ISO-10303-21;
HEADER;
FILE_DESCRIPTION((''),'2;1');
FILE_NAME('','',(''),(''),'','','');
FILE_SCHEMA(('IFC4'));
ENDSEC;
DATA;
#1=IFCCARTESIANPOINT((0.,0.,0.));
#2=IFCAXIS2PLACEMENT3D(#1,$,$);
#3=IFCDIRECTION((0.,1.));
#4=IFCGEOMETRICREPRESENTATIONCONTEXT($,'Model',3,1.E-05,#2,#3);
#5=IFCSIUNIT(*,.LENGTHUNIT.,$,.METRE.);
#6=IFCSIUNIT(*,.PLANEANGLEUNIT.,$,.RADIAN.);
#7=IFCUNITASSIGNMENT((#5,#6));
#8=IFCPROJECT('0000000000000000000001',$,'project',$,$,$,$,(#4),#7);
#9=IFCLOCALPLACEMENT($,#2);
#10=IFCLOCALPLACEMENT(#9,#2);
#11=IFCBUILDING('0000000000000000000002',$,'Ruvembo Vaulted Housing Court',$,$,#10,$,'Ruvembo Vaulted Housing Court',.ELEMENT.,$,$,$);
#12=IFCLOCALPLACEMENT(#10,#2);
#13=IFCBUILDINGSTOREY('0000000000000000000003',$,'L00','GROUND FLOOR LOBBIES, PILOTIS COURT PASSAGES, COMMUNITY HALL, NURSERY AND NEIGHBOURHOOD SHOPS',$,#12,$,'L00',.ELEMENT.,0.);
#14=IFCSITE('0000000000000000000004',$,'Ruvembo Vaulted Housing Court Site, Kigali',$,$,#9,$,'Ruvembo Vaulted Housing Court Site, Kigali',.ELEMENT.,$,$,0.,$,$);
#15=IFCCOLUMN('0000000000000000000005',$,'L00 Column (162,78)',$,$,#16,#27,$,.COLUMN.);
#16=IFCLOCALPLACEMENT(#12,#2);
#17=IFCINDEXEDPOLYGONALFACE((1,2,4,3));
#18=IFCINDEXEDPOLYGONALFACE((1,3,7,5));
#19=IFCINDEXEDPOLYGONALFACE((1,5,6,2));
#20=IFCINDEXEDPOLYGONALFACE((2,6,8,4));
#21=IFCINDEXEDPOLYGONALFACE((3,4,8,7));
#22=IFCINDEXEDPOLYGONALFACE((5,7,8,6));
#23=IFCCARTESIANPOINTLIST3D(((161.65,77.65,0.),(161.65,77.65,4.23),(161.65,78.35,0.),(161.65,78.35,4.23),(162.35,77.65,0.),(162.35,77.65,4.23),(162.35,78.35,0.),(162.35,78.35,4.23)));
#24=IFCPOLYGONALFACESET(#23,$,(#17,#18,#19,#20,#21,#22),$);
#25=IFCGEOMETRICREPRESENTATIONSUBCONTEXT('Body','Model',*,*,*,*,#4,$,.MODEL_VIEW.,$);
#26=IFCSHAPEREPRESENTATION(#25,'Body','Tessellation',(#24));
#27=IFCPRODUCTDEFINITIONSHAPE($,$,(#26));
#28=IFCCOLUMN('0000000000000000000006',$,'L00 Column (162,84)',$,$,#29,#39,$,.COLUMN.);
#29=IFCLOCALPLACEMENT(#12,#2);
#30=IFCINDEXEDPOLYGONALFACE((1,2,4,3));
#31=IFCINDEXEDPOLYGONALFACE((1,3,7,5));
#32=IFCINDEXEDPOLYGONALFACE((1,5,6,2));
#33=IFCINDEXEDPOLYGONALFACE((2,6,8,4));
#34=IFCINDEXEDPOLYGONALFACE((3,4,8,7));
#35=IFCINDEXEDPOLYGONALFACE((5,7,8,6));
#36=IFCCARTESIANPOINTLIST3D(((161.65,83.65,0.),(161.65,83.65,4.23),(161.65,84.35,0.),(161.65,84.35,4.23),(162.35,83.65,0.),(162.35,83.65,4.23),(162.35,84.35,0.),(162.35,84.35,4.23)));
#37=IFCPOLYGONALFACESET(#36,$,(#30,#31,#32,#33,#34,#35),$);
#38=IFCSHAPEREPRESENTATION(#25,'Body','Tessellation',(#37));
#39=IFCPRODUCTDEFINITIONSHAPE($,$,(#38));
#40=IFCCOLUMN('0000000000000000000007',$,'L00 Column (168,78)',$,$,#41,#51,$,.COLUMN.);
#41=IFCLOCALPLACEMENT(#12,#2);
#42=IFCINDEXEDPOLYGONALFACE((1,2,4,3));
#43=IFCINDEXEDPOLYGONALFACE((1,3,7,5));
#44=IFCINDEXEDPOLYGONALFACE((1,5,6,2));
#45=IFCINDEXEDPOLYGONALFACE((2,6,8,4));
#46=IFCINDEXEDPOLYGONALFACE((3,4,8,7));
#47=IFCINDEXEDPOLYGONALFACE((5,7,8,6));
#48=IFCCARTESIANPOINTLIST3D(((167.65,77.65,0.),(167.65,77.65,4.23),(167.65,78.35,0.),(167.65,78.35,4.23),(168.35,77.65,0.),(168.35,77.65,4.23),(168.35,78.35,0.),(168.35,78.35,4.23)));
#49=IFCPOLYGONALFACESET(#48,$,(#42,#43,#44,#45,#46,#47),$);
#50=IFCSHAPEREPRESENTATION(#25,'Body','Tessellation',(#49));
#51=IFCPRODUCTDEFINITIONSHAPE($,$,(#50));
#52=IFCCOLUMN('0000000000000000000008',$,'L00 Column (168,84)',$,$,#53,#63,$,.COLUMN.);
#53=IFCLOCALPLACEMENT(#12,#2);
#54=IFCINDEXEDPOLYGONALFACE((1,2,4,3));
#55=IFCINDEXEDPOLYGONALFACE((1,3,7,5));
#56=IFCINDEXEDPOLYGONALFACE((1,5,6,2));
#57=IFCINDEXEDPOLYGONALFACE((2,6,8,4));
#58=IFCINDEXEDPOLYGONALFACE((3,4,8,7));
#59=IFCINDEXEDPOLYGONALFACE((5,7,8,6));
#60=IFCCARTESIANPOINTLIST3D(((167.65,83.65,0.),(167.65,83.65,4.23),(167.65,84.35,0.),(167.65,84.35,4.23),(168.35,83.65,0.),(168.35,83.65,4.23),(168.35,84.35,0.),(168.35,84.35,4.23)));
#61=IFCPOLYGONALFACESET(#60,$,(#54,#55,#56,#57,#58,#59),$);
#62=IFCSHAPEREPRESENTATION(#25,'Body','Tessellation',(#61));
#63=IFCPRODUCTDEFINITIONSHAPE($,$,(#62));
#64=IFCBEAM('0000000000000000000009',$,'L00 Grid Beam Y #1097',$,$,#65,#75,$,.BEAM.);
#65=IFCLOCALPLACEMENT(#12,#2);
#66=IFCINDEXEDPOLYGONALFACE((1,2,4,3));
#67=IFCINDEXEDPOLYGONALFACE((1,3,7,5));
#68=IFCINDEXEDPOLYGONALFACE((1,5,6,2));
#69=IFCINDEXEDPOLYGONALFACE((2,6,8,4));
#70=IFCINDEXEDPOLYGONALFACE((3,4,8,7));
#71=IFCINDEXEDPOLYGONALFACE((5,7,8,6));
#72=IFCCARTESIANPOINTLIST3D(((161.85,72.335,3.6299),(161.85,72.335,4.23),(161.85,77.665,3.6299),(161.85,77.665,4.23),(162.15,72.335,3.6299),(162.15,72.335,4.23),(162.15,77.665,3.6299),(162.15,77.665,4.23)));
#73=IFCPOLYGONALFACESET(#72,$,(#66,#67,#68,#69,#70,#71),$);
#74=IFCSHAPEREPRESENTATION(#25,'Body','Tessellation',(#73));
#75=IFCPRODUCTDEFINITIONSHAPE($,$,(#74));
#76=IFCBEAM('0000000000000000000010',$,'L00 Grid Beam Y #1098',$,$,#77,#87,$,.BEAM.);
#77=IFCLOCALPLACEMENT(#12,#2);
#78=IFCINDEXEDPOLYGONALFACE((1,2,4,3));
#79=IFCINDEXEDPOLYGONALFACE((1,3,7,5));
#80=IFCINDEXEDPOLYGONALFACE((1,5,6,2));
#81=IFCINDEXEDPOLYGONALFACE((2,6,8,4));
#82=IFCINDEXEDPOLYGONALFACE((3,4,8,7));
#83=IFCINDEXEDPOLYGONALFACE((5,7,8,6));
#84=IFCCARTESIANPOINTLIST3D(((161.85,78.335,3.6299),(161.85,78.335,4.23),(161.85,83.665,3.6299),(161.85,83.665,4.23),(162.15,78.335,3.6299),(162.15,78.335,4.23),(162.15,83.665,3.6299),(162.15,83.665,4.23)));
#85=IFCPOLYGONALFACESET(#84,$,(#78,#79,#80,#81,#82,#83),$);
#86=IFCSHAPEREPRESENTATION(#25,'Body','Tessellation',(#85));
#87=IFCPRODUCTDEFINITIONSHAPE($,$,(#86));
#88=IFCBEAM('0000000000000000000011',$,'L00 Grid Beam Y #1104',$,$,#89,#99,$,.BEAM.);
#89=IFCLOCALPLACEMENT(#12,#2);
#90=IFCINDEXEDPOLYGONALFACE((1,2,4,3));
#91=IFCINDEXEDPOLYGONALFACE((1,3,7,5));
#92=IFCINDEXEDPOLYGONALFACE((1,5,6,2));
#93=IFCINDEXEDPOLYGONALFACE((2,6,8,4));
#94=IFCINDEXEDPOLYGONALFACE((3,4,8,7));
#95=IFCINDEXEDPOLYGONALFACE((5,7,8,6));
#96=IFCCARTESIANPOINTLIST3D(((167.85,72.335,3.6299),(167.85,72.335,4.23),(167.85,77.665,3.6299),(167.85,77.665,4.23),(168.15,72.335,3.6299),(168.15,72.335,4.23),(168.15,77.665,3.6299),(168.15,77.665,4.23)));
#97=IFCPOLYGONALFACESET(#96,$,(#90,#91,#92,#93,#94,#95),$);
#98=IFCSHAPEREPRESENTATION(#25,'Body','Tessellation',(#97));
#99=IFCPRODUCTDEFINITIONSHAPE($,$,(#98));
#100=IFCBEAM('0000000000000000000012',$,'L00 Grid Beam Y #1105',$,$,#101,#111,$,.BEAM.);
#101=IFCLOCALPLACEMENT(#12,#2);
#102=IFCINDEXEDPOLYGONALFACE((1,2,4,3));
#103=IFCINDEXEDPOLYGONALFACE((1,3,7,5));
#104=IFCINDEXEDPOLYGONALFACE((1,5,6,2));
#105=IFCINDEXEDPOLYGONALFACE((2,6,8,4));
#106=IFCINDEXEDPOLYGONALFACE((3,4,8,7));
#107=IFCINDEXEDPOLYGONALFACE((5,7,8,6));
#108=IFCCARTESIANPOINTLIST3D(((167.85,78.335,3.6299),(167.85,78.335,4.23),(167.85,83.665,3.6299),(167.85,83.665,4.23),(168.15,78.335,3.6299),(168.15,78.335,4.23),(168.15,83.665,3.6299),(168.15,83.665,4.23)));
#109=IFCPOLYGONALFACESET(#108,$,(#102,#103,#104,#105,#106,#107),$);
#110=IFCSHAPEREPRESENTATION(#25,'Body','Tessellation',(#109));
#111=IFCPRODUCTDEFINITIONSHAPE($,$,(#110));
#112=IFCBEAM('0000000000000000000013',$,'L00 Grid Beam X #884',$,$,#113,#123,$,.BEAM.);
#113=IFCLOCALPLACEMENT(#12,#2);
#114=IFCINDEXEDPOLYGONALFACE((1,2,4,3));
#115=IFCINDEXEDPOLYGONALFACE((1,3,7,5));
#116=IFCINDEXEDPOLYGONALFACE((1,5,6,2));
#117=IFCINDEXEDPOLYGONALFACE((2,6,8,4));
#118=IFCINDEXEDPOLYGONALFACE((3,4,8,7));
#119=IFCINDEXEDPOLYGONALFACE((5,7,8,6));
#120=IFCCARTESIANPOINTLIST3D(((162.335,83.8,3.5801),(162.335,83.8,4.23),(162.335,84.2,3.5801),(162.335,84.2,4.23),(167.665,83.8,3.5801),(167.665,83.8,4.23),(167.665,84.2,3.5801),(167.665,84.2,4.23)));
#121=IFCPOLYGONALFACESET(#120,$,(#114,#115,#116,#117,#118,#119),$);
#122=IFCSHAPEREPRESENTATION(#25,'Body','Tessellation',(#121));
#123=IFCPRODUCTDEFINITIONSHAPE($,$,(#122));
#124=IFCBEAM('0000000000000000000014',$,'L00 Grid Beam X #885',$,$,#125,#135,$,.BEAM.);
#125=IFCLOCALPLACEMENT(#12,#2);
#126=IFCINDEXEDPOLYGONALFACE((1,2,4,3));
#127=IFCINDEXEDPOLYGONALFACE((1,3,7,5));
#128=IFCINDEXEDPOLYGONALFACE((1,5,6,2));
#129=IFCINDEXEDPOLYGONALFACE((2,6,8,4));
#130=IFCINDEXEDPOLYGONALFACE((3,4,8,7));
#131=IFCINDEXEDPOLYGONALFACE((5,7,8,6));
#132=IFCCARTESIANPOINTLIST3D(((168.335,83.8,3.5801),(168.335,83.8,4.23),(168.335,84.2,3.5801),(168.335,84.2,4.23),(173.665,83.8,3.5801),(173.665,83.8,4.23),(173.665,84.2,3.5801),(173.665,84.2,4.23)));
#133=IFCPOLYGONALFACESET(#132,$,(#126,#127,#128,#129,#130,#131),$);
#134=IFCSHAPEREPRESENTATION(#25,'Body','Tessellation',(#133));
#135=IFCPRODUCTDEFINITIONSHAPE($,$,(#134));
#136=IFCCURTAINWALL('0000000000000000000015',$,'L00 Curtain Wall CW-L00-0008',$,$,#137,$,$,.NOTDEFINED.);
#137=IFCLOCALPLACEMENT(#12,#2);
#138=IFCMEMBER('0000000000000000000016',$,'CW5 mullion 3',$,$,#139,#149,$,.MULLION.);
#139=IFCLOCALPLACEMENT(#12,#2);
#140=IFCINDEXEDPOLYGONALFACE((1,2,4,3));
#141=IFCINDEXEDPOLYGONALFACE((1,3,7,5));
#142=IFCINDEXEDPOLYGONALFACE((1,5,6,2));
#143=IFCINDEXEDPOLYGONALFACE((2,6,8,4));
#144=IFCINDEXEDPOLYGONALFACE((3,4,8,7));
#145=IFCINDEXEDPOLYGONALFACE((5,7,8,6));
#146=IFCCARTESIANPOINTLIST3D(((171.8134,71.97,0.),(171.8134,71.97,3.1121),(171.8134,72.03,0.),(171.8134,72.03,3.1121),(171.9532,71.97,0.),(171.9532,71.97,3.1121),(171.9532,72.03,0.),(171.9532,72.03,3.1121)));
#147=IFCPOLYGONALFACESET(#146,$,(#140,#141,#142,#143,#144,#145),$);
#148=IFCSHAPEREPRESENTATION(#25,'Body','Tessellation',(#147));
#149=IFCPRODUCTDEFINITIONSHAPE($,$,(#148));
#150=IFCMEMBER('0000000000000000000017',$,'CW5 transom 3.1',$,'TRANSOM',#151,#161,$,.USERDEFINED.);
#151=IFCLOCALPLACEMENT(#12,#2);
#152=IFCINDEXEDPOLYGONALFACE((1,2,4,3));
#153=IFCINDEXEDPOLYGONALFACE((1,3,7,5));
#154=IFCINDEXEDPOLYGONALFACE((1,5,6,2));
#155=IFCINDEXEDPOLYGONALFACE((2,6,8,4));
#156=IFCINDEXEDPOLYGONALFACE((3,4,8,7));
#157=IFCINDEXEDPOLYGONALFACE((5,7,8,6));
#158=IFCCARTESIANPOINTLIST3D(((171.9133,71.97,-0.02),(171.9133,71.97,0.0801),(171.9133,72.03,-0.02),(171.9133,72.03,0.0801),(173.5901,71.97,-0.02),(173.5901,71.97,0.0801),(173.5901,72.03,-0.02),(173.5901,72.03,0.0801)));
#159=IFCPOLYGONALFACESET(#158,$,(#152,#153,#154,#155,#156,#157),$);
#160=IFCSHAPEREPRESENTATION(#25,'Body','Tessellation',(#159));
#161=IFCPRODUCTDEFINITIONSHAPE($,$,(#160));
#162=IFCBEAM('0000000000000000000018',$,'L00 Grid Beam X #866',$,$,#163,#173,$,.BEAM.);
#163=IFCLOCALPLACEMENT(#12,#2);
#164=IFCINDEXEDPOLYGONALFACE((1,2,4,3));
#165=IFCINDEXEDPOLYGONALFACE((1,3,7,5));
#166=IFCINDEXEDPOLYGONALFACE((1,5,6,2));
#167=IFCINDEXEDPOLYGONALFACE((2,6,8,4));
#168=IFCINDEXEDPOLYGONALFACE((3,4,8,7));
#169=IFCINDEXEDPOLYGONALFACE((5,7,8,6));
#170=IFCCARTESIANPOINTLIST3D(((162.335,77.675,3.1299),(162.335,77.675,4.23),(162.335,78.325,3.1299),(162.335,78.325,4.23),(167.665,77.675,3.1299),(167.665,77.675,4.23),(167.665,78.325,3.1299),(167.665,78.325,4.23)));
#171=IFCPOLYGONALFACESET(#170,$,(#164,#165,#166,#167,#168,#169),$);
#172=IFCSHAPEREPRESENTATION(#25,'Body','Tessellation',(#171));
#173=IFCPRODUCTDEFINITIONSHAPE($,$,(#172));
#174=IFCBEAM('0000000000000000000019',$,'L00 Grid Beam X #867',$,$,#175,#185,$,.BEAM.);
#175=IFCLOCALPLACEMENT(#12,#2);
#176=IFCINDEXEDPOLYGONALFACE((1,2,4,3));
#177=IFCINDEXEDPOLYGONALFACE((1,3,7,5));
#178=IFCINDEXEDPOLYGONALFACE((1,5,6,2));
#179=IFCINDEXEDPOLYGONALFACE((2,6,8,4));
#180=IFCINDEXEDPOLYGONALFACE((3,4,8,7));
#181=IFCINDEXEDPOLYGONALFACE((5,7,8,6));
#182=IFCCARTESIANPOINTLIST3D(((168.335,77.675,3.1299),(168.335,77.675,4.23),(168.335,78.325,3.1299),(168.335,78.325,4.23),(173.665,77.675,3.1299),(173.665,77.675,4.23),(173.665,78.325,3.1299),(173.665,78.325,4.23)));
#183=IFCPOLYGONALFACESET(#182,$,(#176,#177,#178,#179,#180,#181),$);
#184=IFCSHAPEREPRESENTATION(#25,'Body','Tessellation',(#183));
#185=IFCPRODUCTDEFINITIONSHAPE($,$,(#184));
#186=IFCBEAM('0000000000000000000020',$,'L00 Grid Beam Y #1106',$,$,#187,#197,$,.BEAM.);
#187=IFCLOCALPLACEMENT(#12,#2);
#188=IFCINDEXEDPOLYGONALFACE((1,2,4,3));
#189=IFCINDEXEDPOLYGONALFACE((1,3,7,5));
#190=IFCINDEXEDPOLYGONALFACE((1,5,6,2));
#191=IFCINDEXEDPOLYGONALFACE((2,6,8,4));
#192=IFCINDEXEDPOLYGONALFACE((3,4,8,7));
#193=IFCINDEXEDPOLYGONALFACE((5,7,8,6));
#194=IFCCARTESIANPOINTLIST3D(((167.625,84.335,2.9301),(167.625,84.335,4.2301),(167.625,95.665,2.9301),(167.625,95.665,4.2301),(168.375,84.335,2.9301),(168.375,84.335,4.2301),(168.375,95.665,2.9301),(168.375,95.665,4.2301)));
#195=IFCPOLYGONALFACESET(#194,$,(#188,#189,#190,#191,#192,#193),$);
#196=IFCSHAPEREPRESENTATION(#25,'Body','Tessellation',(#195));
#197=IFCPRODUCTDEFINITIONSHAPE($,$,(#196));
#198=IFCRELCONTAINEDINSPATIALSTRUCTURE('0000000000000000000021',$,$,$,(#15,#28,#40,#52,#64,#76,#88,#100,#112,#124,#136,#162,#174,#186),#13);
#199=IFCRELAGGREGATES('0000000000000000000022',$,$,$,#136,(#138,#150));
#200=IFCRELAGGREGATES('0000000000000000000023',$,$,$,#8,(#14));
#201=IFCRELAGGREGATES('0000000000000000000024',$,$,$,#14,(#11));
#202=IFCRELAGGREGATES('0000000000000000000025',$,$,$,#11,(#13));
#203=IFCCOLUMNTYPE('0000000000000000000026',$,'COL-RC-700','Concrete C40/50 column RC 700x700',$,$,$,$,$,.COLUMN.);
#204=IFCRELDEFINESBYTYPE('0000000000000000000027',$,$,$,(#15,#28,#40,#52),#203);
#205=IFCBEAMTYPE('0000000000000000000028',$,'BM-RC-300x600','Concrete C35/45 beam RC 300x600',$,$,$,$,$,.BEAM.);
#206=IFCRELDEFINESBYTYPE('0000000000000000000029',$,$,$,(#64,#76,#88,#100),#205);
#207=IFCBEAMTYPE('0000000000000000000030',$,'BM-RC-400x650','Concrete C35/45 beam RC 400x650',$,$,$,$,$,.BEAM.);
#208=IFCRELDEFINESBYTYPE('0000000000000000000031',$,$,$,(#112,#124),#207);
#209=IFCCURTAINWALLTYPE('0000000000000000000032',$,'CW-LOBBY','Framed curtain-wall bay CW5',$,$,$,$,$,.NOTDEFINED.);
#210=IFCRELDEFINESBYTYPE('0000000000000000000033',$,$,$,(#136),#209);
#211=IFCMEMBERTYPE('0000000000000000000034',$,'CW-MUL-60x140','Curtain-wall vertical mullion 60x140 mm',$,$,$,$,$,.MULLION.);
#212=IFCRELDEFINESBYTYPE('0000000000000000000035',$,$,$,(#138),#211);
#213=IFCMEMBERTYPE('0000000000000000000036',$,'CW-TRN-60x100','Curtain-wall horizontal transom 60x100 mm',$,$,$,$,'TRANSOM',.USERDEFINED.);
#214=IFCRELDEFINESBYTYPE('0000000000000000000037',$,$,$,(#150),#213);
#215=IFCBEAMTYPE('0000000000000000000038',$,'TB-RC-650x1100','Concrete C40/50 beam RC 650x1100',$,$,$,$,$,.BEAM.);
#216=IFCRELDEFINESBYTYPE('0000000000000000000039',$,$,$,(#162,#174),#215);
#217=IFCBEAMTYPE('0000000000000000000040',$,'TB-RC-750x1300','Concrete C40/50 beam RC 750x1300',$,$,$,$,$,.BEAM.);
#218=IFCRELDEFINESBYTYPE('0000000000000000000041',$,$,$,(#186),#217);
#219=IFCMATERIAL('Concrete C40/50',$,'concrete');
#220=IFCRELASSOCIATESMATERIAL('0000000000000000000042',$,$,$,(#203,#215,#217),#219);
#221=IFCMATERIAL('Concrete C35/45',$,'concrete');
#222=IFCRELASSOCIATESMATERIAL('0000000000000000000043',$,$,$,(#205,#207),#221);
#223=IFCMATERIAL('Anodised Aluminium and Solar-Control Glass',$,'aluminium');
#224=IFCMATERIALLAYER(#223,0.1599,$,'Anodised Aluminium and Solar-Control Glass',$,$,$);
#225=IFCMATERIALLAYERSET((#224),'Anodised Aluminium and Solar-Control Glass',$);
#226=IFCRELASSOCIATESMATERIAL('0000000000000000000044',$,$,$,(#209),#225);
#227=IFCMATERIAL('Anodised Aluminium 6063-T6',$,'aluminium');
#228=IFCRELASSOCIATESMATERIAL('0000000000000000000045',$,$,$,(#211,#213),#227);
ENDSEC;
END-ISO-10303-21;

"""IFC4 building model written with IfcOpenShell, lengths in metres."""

from ifc_helpers import new_model, si_unit, direction, frame, origin, origin_2d, place, context, subcontext, project, spatial, rectangle, extrude, material, layer, layer_set, material_profile, profile_set, type_object, element, aggregate, save


model = new_model("IFC4")

# Units and contexts
model_context = context("Model", 3, precision=1e-05, world=origin(), true_north=direction((0.0, 1.0)))
body_context = subcontext(model_context, "Body", "Model", "MODEL_VIEW")
ifc_project = project(units=[si_unit("LENGTHUNIT", "METRE"), si_unit("PLANEANGLEUNIT", "RADIAN")], contexts=[model_context])

# Site, building, storey
site_placement = place(None, origin())
site = spatial("IfcSite", under=ifc_project, at=site_placement, Name="Ruvembo Vaulted Housing Court Site, Kigali", LongName="Ruvembo Vaulted Housing Court Site, Kigali", CompositionType="ELEMENT", RefElevation=0.0)
building_placement = place(site_placement, origin())
building = spatial("IfcBuilding", under=site, at=building_placement, Name="Ruvembo Vaulted Housing Court", LongName="Ruvembo Vaulted Housing Court", CompositionType="ELEMENT")
storey_placement = place(building_placement, origin())
storey = spatial("IfcBuildingStorey", under=building, at=storey_placement, Name="L00", Description="GROUND FLOOR LOBBIES, PILOTIS COURT PASSAGES, COMMUNITY HALL, NURSERY AND NEIGHBOURHOOD SHOPS", LongName="L00", CompositionType="ELEMENT", Elevation=0.0)

# Columns
ifc_material_1 = material(Name="Concrete C40/50", Category="concrete")
ifc_material_profile_1 = material_profile(ifc_material_1, rectangle(XDim=0.7, YDim=0.7, at=origin_2d()), Name="RC 700x700")
ifc_profile_set_1 = profile_set([ifc_material_profile_1], Name="Concrete C40/50")
column_type = type_object("IfcColumnType", Name="COL-RC-700", Description="Concrete C40/50 column RC 700x700", PredefinedType="COLUMN", material=ifc_profile_set_1)
for number, where, z_axis, x_axis, name in (
    (1, (162.0, 78.0, 0.0), (0.0, 0.0, 1.0), (1.0, 0.0, 0.0), "L00 Column (162,78)"),
    (2, (162.0, 84.0, 0.0), (0.0, 0.0, 1.0), (1.0, 0.0, 0.0), "L00 Column (162,84)"),
    (3, (168.0, 78.0, 0.0), (0.0, 0.0, 1.0), (1.0, 0.0, 0.0), "L00 Column (168,78)"),
    (4, (168.0, 84.0, 0.0), (0.0, 0.0, 1.0), (1.0, 0.0, 0.0), "L00 Column (168,84)"),
):
    element("IfcColumn", number, at=place(storey_placement, frame(where, z_axis=z_axis, x_axis=x_axis)), inside=storey, type_object=column_type, Name=name, PredefinedType="COLUMN", context=body_context, shape_type="SweptSolid", body=[
        extrude(rectangle(XDim=0.7, YDim=0.7, at=origin_2d()), origin(), (0.0, 0.0, 1.0), 4.23),
    ])

# Beams
ifc_material_2 = material(Name="Concrete C35/45", Category="concrete")
ifc_material_profile_2 = material_profile(ifc_material_2, rectangle(XDim=0.3, YDim=0.6001, at=origin_2d()), Name="RC 300x600")
ifc_profile_set_2 = profile_set([ifc_material_profile_2], Name="Concrete C35/45")
beam_type_1 = type_object("IfcBeamType", Name="BM-RC-300x600", Description="Concrete C35/45 beam RC 300x600", PredefinedType="BEAM", material=ifc_profile_set_2)
for number, where, z_axis, x_axis, name in (
    (5, (162.0, 72.335, 3.9299), (0.0, 1.0, 0.0), (-1.0, 0.0, 0.0), "L00 Grid Beam Y #1097"),
    (6, (162.0, 78.335, 3.9299), (0.0, 1.0, 0.0), (-1.0, 0.0, 0.0), "L00 Grid Beam Y #1098"),
    (7, (168.0, 72.335, 3.9299), (0.0, 1.0, 0.0), (-1.0, 0.0, 0.0), "L00 Grid Beam Y #1104"),
    (8, (168.0, 78.335, 3.9299), (0.0, 1.0, 0.0), (-1.0, 0.0, 0.0), "L00 Grid Beam Y #1105"),
):
    element("IfcBeam", number, at=place(storey_placement, frame(where, z_axis=z_axis, x_axis=x_axis)), inside=storey, type_object=beam_type_1, Name=name, PredefinedType="BEAM", context=body_context, shape_type="SweptSolid", body=[
        extrude(rectangle(XDim=0.3, YDim=0.6001, at=origin_2d()), origin(), (0.0, 0.0, 1.0), 5.3301),
    ])
ifc_material_profile_3 = material_profile(ifc_material_2, rectangle(XDim=0.3999, YDim=0.6499, at=origin_2d()), Name="RC 400x650")
ifc_profile_set_3 = profile_set([ifc_material_profile_3], Name="Concrete C35/45")
beam_type_2 = type_object("IfcBeamType", Name="BM-RC-400x650", Description="Concrete C35/45 beam RC 400x650", PredefinedType="BEAM", material=ifc_profile_set_3)
for number, where, z_axis, x_axis, name in (
    (9, (162.335, 84.0, 3.905), (1.0, 0.0, 0.0), (0.0, 1.0, 0.0), "L00 Grid Beam X #884"),
    (10, (168.335, 84.0, 3.905), (1.0, 0.0, 0.0), (0.0, 1.0, 0.0), "L00 Grid Beam X #885"),
):
    element("IfcBeam", number, at=place(storey_placement, frame(where, z_axis=z_axis, x_axis=x_axis)), inside=storey, type_object=beam_type_2, Name=name, PredefinedType="BEAM", context=body_context, shape_type="SweptSolid", body=[
        extrude(rectangle(XDim=0.3999, YDim=0.6499, at=origin_2d()), origin(), (0.0, 0.0, 1.0), 5.3301),
    ])

# Curtain wall, members
ifc_material_3 = material(Name="Anodised Aluminium and Solar-Control Glass", Category="aluminium")
ifc_layer_1 = layer(ifc_material_3, 0.1599, Name="Anodised Aluminium and Solar-Control Glass")
ifc_layer_set_1 = layer_set([ifc_layer_1], Name="Anodised Aluminium and Solar-Control Glass")
curtain_wall_type = type_object("IfcCurtainWallType", Name="CW-LOBBY", Description="Framed curtain-wall bay CW5", PredefinedType="NOTDEFINED", material=ifc_layer_set_1)
curtain_wall_placement = place(storey_placement, origin())
curtain_wall = element("IfcCurtainWall", 11, at=curtain_wall_placement, inside=storey, type_object=curtain_wall_type, Name="L00 Curtain Wall CW-L00-0008", PredefinedType="NOTDEFINED")
ifc_material_4 = material(Name="Anodised Aluminium 6063-T6", Category="aluminium")
ifc_material_profile_4 = material_profile(ifc_material_4, rectangle(XDim=0.0601, YDim=0.1399, at=origin_2d()), Name="ALU 60x140")
ifc_profile_set_4 = profile_set([ifc_material_profile_4], Name="Anodised Aluminium 6063-T6")
member_type_1 = type_object("IfcMemberType", Name="CW-MUL-60x140", Description="Curtain-wall vertical mullion 60x140 mm", PredefinedType="MULLION", material=ifc_profile_set_4)
member_1_placement = place(storey_placement, frame((171.8833, 72.0, 0.0), z_axis=(0.0, 0.0, 1.0), x_axis=(0.0, 1.0, 0.0)))
member_1 = element("IfcMember", 12, at=member_1_placement, type_object=member_type_1, Name="CW5 mullion 3", PredefinedType="MULLION", context=body_context, shape_type="SweptSolid", body=[
    extrude(rectangle(XDim=0.0601, YDim=0.1399, at=origin_2d()), origin(), (0.0, 0.0, 1.0), 3.1121),
])
ifc_material_profile_5 = material_profile(ifc_material_4, rectangle(XDim=0.0601, YDim=0.1001, at=origin_2d()), Name="ALU 60x100")
ifc_profile_set_5 = profile_set([ifc_material_profile_5], Name="Anodised Aluminium 6063-T6")
member_type_2 = type_object("IfcMemberType", Name="CW-TRN-60x100", Description="Curtain-wall horizontal transom 60x100 mm", ElementType="TRANSOM", PredefinedType="USERDEFINED", material=ifc_profile_set_5)
member_2_placement = place(storey_placement, frame((171.9133, 72.0, 0.03), z_axis=(1.0, 0.0, 0.0), x_axis=(0.0, 1.0, 0.0)))
member_2 = element("IfcMember", 13, at=member_2_placement, type_object=member_type_2, Name="CW5 transom 3.1", ObjectType="TRANSOM", PredefinedType="USERDEFINED", context=body_context, shape_type="SweptSolid", body=[
    extrude(rectangle(XDim=0.0601, YDim=0.1001, at=origin_2d()), origin(), (0.0, 0.0, 1.0), 1.6768),
])
aggregate(curtain_wall, [member_1, member_2])

# Beams
ifc_material_profile_6 = material_profile(ifc_material_1, rectangle(XDim=0.6499, YDim=1.1001, at=origin_2d()), Name="RC 650x1100")
ifc_profile_set_6 = profile_set([ifc_material_profile_6], Name="Concrete C40/50")
beam_type_3 = type_object("IfcBeamType", Name="TB-RC-650x1100", Description="Concrete C40/50 beam RC 650x1100", PredefinedType="BEAM", material=ifc_profile_set_6)
for number, where, z_axis, x_axis, name in (
    (14, (162.335, 78.0, 3.6799), (1.0, 0.0, 0.0), (0.0, 1.0, 0.0), "L00 Grid Beam X #866"),
    (15, (168.335, 78.0, 3.6799), (1.0, 0.0, 0.0), (0.0, 1.0, 0.0), "L00 Grid Beam X #867"),
):
    element("IfcBeam", number, at=place(storey_placement, frame(where, z_axis=z_axis, x_axis=x_axis)), inside=storey, type_object=beam_type_3, Name=name, PredefinedType="BEAM", context=body_context, shape_type="SweptSolid", body=[
        extrude(rectangle(XDim=0.6499, YDim=1.1001, at=origin_2d()), origin(), (0.0, 0.0, 1.0), 5.3301),
    ])
ifc_material_profile_7 = material_profile(ifc_material_1, rectangle(XDim=0.75, YDim=1.3, at=origin_2d()), Name="RC 750x1300")
ifc_profile_set_7 = profile_set([ifc_material_profile_7], Name="Concrete C40/50")
beam_type_4 = type_object("IfcBeamType", Name="TB-RC-750x1300", Description="Concrete C40/50 beam RC 750x1300", PredefinedType="BEAM", material=ifc_profile_set_7)
beam_placement = place(storey_placement, frame((168.0, 84.335, 3.5801), z_axis=(0.0, 1.0, 0.0), x_axis=(-1.0, 0.0, 0.0)))
element("IfcBeam", 16, at=beam_placement, inside=storey, type_object=beam_type_4, Name="L00 Grid Beam Y #1106", PredefinedType="BEAM", context=body_context, shape_type="SweptSolid", body=[
    extrude(rectangle(XDim=0.75, YDim=1.3, at=origin_2d()), origin(), (0.0, 0.0, 1.0), 11.3301),
])

save(model, "model.ifc")
